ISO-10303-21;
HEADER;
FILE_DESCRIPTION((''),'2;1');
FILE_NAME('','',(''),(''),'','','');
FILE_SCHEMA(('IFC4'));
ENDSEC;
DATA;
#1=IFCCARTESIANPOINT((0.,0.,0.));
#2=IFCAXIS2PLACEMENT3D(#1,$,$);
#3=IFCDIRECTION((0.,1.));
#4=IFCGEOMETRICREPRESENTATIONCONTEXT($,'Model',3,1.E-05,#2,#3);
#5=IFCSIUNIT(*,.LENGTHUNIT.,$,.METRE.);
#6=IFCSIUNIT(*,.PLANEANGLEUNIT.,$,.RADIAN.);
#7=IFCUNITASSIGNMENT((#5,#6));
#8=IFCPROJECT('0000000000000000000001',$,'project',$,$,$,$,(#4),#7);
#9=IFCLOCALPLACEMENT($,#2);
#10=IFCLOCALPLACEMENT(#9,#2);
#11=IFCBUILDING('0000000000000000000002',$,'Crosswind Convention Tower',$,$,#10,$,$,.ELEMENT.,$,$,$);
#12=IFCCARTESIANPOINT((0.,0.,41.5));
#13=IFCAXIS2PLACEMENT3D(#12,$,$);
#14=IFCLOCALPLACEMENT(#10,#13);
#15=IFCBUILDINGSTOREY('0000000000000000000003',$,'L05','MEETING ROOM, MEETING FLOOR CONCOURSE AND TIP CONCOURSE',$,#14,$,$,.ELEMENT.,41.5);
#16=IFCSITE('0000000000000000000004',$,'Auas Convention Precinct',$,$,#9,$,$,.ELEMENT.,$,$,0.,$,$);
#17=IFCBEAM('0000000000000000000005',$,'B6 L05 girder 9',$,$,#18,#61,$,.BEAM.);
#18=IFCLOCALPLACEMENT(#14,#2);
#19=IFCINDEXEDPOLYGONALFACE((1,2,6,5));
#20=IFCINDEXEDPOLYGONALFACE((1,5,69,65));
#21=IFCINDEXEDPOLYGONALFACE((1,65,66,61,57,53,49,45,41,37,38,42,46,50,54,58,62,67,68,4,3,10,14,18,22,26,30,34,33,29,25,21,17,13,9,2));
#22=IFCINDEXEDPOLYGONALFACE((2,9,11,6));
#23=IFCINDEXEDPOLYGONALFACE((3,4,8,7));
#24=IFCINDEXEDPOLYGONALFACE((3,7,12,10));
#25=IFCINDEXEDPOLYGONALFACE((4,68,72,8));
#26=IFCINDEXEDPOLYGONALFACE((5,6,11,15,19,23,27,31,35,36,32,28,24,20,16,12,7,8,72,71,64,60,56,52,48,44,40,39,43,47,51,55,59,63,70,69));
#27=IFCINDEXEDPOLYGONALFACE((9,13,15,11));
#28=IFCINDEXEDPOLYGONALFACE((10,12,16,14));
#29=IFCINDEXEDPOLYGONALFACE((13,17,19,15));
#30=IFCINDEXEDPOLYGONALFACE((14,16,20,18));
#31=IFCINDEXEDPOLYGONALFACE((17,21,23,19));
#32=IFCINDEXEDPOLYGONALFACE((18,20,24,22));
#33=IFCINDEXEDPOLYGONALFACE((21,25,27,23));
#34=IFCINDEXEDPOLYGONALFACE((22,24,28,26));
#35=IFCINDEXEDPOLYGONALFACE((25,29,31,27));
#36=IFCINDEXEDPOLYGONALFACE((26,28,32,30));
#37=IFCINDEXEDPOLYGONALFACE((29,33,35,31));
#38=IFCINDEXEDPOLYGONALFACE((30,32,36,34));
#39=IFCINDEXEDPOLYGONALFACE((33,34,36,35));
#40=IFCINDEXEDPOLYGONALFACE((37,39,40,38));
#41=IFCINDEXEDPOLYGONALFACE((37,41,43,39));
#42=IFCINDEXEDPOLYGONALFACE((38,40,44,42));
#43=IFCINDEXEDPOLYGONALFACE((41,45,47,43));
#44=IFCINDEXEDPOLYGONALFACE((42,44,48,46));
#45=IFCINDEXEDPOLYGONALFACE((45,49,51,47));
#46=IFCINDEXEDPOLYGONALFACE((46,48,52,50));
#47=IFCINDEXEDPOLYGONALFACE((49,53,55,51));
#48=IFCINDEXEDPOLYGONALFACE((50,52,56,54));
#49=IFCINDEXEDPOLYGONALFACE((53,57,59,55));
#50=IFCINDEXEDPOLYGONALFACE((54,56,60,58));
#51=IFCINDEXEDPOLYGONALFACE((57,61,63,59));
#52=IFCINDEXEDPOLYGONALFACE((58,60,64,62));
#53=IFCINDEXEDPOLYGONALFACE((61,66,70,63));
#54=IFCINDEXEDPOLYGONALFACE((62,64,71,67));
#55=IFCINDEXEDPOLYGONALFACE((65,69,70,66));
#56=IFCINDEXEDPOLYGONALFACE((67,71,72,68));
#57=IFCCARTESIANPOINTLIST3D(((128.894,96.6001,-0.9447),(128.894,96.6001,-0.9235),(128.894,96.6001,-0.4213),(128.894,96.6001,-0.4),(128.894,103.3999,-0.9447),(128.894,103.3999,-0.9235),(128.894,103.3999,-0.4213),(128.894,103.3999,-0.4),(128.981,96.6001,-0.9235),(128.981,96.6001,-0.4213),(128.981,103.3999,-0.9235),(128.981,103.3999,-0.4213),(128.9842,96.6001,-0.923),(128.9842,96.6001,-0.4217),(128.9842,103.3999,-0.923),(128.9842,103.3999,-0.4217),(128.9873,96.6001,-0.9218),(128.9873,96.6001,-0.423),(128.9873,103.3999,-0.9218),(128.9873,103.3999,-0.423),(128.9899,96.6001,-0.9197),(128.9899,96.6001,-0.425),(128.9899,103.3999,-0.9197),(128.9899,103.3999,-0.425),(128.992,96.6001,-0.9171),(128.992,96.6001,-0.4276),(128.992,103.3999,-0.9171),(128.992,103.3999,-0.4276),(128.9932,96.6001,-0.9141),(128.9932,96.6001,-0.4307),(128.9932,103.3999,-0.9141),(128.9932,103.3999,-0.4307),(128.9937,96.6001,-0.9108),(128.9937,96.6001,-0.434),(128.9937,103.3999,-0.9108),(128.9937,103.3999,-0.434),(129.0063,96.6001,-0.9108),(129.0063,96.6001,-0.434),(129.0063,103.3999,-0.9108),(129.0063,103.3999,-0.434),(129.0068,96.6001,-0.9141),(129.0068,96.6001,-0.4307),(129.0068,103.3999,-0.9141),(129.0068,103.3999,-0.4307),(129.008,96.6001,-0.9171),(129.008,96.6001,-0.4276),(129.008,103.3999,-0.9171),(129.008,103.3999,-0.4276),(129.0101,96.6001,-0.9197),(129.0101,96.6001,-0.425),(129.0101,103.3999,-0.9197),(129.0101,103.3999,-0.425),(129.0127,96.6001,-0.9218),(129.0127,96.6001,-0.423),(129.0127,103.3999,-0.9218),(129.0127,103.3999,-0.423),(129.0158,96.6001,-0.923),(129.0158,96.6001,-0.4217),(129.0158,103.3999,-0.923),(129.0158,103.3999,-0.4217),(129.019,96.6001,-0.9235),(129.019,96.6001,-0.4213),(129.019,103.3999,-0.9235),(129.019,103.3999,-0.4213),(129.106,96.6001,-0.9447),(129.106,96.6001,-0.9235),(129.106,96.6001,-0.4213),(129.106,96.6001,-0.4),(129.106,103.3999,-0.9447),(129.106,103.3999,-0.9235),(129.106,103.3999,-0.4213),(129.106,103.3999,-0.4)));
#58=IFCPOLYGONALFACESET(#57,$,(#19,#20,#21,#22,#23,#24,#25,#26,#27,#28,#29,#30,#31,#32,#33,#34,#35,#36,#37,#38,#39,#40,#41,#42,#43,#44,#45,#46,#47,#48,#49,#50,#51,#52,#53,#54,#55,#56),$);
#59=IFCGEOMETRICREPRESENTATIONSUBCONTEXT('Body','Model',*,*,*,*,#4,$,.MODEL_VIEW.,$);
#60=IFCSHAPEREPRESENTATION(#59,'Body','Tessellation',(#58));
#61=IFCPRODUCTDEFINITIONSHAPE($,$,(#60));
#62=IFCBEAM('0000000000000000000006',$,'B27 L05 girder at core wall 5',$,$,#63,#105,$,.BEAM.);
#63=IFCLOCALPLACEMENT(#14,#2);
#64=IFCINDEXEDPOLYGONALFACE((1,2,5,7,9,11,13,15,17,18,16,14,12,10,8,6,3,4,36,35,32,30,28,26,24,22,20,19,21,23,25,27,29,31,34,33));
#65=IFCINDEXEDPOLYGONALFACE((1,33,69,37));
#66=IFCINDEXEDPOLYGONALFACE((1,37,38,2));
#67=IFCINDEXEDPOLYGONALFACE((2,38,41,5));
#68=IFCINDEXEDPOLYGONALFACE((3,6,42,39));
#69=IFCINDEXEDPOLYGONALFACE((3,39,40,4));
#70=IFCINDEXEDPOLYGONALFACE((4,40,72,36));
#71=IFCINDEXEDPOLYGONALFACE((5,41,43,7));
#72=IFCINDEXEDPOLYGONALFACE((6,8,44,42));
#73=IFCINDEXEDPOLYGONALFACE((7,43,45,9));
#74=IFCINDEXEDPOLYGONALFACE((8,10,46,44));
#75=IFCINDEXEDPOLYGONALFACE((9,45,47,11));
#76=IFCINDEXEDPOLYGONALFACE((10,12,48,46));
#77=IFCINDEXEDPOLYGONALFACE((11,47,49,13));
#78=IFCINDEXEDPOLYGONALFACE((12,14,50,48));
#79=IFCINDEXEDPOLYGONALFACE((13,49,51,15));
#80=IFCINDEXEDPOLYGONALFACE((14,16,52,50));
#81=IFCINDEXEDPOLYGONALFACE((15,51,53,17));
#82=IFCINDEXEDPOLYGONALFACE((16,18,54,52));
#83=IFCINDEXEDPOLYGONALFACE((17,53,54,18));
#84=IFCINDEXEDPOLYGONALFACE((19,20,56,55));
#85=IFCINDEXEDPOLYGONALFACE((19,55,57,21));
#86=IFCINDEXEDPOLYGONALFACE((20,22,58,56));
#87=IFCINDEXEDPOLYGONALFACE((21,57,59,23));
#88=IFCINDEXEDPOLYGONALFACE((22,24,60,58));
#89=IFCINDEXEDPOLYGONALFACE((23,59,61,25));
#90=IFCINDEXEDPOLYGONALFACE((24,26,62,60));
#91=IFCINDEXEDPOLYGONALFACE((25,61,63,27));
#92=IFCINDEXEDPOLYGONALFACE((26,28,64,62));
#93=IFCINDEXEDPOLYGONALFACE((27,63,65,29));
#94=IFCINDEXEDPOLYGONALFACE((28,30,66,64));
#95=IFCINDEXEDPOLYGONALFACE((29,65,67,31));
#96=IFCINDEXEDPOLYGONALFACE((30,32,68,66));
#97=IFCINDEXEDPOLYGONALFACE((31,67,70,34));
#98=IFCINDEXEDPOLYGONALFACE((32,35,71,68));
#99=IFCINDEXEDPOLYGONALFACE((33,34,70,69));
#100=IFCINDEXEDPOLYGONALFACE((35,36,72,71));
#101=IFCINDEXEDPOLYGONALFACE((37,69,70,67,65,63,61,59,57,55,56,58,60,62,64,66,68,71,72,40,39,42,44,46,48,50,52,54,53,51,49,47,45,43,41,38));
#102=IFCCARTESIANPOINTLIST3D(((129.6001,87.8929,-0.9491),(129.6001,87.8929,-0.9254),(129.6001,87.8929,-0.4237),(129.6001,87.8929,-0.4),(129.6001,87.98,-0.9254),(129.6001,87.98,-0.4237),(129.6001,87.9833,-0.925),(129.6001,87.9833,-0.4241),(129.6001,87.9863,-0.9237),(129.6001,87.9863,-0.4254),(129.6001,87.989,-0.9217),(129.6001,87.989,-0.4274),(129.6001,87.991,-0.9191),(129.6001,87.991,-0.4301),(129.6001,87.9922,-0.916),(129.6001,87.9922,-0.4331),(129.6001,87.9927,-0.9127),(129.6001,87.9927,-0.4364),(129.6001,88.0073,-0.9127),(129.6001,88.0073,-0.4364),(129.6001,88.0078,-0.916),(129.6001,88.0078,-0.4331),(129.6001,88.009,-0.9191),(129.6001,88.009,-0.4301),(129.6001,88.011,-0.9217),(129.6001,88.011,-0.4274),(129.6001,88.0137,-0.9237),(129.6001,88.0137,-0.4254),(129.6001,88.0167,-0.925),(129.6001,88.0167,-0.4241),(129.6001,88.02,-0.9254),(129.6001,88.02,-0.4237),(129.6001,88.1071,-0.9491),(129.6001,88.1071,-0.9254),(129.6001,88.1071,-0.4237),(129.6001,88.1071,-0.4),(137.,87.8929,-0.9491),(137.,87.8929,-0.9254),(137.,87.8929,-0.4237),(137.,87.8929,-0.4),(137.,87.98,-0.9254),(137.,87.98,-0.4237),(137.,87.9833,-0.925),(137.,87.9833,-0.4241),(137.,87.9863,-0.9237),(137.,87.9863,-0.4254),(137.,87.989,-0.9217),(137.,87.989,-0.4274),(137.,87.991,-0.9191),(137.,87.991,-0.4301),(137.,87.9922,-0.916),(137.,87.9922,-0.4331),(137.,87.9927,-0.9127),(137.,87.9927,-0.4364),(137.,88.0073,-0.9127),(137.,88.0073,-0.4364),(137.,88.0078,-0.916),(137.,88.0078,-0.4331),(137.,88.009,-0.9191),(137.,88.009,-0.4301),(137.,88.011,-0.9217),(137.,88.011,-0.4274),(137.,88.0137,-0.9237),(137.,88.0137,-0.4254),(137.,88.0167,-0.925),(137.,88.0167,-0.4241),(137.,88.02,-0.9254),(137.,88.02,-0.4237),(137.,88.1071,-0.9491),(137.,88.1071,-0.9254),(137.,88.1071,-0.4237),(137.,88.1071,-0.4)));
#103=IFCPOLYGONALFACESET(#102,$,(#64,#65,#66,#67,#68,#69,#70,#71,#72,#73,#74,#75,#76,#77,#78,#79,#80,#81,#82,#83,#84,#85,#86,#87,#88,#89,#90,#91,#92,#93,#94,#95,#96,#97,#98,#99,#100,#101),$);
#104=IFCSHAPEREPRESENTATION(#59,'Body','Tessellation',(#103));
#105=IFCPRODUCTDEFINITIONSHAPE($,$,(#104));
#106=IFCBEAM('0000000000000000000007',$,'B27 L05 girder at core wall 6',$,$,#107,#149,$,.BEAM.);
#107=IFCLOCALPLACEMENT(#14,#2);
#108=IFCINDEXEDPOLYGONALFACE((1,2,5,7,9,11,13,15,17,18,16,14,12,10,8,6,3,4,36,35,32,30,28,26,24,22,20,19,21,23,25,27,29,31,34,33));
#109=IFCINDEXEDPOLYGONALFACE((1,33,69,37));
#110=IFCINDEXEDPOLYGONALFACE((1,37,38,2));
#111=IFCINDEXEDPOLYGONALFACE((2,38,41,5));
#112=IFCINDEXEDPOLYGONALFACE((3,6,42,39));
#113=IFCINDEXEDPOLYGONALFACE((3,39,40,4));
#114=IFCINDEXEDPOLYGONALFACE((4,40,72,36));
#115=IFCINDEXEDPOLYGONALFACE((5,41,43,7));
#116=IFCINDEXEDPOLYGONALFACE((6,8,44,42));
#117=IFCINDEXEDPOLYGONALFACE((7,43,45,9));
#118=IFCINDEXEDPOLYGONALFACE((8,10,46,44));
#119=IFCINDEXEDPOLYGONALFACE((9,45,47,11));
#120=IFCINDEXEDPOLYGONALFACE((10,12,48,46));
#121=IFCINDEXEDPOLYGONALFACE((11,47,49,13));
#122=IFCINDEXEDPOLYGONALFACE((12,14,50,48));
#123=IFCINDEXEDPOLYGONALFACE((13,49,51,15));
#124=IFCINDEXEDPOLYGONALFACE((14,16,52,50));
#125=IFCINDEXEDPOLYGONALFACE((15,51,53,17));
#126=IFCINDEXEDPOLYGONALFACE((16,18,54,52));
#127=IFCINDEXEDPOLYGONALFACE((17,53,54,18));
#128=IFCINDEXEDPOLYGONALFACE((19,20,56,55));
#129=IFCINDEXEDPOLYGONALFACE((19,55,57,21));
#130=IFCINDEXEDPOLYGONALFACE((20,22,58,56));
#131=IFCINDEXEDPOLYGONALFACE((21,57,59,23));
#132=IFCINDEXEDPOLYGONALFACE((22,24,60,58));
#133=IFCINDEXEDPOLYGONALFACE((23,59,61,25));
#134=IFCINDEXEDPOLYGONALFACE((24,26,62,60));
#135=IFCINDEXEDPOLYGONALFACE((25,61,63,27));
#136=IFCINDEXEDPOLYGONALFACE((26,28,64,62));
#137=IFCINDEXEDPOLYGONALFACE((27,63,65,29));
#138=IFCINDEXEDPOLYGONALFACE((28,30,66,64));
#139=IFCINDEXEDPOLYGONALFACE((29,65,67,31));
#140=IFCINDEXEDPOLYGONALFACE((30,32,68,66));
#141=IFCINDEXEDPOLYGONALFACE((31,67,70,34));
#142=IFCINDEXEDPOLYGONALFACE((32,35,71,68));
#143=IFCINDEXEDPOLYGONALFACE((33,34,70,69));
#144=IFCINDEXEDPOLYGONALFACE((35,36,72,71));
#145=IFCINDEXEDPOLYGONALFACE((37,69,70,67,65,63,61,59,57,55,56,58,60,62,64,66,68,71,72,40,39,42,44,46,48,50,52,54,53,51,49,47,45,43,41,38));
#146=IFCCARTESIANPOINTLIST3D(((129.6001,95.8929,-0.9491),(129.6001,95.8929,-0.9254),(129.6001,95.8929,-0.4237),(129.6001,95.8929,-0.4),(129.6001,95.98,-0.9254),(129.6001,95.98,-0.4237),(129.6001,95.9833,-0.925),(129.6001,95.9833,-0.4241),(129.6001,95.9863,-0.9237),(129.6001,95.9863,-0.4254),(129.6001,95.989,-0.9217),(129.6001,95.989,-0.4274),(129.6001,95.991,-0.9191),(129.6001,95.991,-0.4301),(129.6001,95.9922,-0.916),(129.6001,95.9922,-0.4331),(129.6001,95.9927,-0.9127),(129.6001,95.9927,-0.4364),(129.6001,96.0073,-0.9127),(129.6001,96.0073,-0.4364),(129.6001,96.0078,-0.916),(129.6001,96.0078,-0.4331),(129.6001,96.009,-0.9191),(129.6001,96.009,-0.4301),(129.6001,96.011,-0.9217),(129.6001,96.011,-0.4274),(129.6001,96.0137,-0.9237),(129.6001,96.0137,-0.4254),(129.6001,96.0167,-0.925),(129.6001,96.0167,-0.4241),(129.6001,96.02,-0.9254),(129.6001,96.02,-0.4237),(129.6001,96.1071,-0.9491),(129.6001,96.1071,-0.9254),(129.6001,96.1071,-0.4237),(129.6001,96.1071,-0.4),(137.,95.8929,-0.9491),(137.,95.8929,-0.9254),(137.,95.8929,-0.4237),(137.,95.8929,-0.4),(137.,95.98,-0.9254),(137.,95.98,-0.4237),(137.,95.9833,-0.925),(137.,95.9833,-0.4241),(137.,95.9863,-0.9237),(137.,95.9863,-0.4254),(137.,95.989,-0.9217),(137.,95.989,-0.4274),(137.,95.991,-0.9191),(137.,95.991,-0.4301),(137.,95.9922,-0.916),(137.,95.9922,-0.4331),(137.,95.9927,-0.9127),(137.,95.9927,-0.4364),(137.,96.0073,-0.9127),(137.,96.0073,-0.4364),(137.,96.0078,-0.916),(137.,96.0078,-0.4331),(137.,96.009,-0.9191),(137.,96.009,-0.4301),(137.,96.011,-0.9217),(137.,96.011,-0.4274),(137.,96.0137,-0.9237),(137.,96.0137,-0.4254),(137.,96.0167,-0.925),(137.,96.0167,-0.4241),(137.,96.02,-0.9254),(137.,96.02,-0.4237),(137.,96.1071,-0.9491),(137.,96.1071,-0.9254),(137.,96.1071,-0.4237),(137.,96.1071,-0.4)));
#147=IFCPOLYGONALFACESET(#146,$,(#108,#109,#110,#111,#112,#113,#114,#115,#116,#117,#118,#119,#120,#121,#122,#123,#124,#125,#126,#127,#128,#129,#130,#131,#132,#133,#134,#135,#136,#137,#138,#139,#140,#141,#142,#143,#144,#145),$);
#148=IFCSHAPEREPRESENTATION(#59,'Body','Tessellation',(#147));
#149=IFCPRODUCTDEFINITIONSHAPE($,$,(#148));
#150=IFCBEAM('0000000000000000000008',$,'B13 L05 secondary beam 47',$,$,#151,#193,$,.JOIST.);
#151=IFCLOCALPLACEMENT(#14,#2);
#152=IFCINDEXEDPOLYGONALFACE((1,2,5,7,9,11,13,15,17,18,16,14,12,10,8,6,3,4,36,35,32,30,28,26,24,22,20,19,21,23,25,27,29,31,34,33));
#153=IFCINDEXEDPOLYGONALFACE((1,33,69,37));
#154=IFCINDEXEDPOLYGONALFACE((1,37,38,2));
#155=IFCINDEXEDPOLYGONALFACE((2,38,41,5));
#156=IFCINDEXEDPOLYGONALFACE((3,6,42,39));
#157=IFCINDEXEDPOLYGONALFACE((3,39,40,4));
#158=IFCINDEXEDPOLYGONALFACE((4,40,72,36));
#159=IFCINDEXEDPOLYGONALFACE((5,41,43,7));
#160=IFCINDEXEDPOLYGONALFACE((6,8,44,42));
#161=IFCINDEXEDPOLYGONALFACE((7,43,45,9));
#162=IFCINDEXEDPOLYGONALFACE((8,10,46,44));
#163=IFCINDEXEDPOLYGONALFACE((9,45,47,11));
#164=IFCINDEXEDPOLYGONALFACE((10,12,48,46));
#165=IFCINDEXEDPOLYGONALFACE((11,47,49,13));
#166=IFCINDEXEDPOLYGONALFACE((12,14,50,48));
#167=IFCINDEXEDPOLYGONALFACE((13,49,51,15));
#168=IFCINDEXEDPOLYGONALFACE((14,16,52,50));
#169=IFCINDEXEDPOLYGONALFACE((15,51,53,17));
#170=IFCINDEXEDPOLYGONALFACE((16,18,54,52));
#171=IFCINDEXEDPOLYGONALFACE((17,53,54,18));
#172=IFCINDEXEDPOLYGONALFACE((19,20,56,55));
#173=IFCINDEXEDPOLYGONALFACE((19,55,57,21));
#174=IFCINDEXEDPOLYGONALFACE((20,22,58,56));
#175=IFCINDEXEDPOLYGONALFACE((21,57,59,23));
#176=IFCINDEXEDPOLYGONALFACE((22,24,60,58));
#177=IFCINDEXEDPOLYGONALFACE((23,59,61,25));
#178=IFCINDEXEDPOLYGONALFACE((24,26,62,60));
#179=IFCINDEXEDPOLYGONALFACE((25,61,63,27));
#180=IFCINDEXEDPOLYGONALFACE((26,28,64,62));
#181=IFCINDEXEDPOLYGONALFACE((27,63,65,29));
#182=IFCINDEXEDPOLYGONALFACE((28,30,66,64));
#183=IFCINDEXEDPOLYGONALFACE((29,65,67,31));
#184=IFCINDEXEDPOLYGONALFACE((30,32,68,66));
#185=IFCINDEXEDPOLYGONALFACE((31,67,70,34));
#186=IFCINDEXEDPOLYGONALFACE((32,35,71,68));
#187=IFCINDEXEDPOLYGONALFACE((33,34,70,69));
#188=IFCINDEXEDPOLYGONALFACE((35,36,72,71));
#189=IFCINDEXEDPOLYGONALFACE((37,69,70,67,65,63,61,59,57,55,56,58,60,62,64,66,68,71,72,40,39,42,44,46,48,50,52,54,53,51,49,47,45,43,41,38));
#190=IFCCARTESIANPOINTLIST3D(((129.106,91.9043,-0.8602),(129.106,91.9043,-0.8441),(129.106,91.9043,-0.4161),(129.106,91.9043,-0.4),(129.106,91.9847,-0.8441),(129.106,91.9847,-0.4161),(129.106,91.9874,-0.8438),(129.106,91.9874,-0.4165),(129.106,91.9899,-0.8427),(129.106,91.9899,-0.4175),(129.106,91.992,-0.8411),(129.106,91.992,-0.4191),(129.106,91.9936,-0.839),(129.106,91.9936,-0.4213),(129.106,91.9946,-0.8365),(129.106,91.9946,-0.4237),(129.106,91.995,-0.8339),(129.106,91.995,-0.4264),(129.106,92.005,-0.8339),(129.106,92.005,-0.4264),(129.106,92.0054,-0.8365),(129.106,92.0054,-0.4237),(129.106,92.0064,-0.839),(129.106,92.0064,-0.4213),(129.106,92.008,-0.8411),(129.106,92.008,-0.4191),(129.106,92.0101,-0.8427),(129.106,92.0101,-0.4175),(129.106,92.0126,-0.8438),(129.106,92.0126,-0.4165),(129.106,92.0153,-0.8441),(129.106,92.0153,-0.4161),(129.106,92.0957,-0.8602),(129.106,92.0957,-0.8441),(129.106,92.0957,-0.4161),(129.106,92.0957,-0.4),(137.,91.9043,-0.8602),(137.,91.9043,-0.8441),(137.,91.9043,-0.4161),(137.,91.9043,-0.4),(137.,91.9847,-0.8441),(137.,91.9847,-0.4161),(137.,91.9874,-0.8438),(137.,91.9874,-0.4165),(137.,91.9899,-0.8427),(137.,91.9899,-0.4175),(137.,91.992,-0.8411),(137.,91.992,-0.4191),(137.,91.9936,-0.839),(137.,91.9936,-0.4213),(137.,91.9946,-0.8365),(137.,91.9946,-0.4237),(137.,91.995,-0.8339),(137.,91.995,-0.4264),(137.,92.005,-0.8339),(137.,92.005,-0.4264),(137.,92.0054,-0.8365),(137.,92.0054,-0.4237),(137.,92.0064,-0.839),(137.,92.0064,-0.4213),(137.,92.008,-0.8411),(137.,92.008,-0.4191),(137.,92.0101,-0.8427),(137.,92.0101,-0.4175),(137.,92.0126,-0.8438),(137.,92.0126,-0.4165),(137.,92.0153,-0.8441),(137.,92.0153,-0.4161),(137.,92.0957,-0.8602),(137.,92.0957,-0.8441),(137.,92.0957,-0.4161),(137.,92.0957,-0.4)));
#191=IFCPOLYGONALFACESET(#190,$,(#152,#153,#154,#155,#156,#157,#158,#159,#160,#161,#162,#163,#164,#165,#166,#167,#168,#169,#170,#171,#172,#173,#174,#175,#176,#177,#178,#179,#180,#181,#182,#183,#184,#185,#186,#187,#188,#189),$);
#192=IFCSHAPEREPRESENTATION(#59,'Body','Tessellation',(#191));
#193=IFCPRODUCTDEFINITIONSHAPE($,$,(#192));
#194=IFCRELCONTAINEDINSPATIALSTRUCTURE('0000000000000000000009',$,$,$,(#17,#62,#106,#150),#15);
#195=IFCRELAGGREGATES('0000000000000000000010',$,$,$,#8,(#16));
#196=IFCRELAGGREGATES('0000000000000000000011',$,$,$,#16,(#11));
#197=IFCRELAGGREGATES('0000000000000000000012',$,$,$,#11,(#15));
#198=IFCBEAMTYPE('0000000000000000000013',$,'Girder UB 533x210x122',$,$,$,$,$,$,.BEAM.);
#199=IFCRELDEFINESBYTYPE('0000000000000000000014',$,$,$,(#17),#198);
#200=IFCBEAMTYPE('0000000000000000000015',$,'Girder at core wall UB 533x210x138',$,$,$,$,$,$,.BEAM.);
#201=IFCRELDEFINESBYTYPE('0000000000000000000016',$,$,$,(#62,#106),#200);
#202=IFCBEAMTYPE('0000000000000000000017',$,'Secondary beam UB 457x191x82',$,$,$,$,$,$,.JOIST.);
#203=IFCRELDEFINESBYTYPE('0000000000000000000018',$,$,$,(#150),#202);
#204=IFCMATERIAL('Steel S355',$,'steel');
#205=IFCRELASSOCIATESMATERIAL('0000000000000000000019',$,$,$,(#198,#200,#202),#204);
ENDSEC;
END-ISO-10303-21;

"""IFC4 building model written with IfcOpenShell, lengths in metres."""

from ifc_helpers import new_model, si_unit, direction, frame, origin, origin_2d, place, context, subcontext, project, spatial, i_section, extrude, material, material_profile, profile_set, type_object, element, save


model = new_model("IFC4")

# Units and contexts
model_context = context("Model", 3, precision=1e-05, world=origin(), true_north=direction((0.0, 1.0)))
body_context = subcontext(model_context, "Body", "Model", "MODEL_VIEW")
ifc_project = project(units=[si_unit("LENGTHUNIT", "METRE"), si_unit("PLANEANGLEUNIT", "RADIAN")], contexts=[model_context])

# Site, building, storey
site_placement = place(None, origin())
site = spatial("IfcSite", under=ifc_project, at=site_placement, Name="Auas Convention Precinct", CompositionType="ELEMENT", RefElevation=0.0)
building_placement = place(site_placement, origin())
building = spatial("IfcBuilding", under=site, at=building_placement, Name="Crosswind Convention Tower", CompositionType="ELEMENT")
storey_placement = place(building_placement, frame((0.0, 0.0, 41.5)))
storey = spatial("IfcBuildingStorey", under=building, at=storey_placement, Name="L05", Description="MEETING ROOM, MEETING FLOOR CONCOURSE AND TIP CONCOURSE", CompositionType="ELEMENT", Elevation=41.5)

# Beams
ifc_material_1 = material(Name="Steel S355", Category="steel")
ifc_material_profile_1 = material_profile(ifc_material_1, i_section(OverallWidth=0.2119, OverallDepth=0.5447, WebThickness=0.0127, FlangeThickness=0.0212, FilletRadius=0.0127, at=origin_2d()), Name="UB 533x210x122")
ifc_profile_set_1 = profile_set([ifc_material_profile_1], Name="Steel S355")
beam_type_1 = type_object("IfcBeamType", Name="Girder UB 533x210x122", PredefinedType="BEAM", material=ifc_profile_set_1)
for number, where, z_axis, x_axis, name in (
    (1, (129.0, 96.6001, -0.6724), (0.0, 1.0, 0.0), (-1.0, 0.0, 0.0), "B6 L05 girder 9"),
):
    element("IfcBeam", number, at=place(storey_placement, frame(where, z_axis=z_axis, x_axis=x_axis)), inside=storey, type_object=beam_type_1, Name=name, PredefinedType="BEAM", context=body_context, shape_type="SweptSolid", body=[
        extrude(i_section(OverallWidth=0.2119, OverallDepth=0.5447, WebThickness=0.0127, FlangeThickness=0.0212, FilletRadius=0.0127, at=origin_2d()), origin(), (0.0, 0.0, 1.0), 6.7998),
    ])
ifc_material_profile_2 = material_profile(ifc_material_1, i_section(OverallWidth=0.2141, OverallDepth=0.5491, WebThickness=0.0146, FlangeThickness=0.0237, FilletRadius=0.0127, at=origin_2d()), Name="UB 533x210x138")
ifc_profile_set_2 = profile_set([ifc_material_profile_2], Name="Steel S355")
beam_type_2 = type_object("IfcBeamType", Name="Girder at core wall UB 533x210x138", PredefinedType="BEAM", material=ifc_profile_set_2)
for number, where, z_axis, x_axis, name in (
    (2, (129.6001, 88.0, -0.6746), (1.0, 0.0, 0.0), (0.0, 1.0, 0.0), "B27 L05 girder at core wall 5"),
    (3, (129.6001, 96.0, -0.6746), (1.0, 0.0, 0.0), (0.0, 1.0, 0.0), "B27 L05 girder at core wall 6"),
):
    element("IfcBeam", number, at=place(storey_placement, frame(where, z_axis=z_axis, x_axis=x_axis)), inside=storey, type_object=beam_type_2, Name=name, PredefinedType="BEAM", context=body_context, shape_type="SweptSolid", body=[
        extrude(i_section(OverallWidth=0.2141, OverallDepth=0.5491, WebThickness=0.0146, FlangeThickness=0.0237, FilletRadius=0.0127, at=origin_2d()), origin(), (0.0, 0.0, 1.0), 7.3999),
    ])
ifc_material_profile_3 = material_profile(ifc_material_1, i_section(OverallWidth=0.1914, OverallDepth=0.4602, WebThickness=0.01, FlangeThickness=0.0161, FilletRadius=0.0103, at=origin_2d()), Name="UB 457x191x82")
ifc_profile_set_3 = profile_set([ifc_material_profile_3], Name="Steel S355")
beam_type_3 = type_object("IfcBeamType", Name="Secondary beam UB 457x191x82", PredefinedType="JOIST", material=ifc_profile_set_3)
beam_placement = place(storey_placement, frame((129.106, 92.0, -0.6301), z_axis=(1.0, 0.0, 0.0), x_axis=(0.0, 1.0, 0.0)))
element("IfcBeam", 4, at=beam_placement, inside=storey, type_object=beam_type_3, Name="B13 L05 secondary beam 47", PredefinedType="JOIST", context=body_context, shape_type="SweptSolid", body=[
    extrude(i_section(OverallWidth=0.1914, OverallDepth=0.4602, WebThickness=0.01, FlangeThickness=0.0161, FilletRadius=0.0103, at=origin_2d()), origin(), (0.0, 0.0, 1.0), 7.894),
])

save(model, "model.ifc")
